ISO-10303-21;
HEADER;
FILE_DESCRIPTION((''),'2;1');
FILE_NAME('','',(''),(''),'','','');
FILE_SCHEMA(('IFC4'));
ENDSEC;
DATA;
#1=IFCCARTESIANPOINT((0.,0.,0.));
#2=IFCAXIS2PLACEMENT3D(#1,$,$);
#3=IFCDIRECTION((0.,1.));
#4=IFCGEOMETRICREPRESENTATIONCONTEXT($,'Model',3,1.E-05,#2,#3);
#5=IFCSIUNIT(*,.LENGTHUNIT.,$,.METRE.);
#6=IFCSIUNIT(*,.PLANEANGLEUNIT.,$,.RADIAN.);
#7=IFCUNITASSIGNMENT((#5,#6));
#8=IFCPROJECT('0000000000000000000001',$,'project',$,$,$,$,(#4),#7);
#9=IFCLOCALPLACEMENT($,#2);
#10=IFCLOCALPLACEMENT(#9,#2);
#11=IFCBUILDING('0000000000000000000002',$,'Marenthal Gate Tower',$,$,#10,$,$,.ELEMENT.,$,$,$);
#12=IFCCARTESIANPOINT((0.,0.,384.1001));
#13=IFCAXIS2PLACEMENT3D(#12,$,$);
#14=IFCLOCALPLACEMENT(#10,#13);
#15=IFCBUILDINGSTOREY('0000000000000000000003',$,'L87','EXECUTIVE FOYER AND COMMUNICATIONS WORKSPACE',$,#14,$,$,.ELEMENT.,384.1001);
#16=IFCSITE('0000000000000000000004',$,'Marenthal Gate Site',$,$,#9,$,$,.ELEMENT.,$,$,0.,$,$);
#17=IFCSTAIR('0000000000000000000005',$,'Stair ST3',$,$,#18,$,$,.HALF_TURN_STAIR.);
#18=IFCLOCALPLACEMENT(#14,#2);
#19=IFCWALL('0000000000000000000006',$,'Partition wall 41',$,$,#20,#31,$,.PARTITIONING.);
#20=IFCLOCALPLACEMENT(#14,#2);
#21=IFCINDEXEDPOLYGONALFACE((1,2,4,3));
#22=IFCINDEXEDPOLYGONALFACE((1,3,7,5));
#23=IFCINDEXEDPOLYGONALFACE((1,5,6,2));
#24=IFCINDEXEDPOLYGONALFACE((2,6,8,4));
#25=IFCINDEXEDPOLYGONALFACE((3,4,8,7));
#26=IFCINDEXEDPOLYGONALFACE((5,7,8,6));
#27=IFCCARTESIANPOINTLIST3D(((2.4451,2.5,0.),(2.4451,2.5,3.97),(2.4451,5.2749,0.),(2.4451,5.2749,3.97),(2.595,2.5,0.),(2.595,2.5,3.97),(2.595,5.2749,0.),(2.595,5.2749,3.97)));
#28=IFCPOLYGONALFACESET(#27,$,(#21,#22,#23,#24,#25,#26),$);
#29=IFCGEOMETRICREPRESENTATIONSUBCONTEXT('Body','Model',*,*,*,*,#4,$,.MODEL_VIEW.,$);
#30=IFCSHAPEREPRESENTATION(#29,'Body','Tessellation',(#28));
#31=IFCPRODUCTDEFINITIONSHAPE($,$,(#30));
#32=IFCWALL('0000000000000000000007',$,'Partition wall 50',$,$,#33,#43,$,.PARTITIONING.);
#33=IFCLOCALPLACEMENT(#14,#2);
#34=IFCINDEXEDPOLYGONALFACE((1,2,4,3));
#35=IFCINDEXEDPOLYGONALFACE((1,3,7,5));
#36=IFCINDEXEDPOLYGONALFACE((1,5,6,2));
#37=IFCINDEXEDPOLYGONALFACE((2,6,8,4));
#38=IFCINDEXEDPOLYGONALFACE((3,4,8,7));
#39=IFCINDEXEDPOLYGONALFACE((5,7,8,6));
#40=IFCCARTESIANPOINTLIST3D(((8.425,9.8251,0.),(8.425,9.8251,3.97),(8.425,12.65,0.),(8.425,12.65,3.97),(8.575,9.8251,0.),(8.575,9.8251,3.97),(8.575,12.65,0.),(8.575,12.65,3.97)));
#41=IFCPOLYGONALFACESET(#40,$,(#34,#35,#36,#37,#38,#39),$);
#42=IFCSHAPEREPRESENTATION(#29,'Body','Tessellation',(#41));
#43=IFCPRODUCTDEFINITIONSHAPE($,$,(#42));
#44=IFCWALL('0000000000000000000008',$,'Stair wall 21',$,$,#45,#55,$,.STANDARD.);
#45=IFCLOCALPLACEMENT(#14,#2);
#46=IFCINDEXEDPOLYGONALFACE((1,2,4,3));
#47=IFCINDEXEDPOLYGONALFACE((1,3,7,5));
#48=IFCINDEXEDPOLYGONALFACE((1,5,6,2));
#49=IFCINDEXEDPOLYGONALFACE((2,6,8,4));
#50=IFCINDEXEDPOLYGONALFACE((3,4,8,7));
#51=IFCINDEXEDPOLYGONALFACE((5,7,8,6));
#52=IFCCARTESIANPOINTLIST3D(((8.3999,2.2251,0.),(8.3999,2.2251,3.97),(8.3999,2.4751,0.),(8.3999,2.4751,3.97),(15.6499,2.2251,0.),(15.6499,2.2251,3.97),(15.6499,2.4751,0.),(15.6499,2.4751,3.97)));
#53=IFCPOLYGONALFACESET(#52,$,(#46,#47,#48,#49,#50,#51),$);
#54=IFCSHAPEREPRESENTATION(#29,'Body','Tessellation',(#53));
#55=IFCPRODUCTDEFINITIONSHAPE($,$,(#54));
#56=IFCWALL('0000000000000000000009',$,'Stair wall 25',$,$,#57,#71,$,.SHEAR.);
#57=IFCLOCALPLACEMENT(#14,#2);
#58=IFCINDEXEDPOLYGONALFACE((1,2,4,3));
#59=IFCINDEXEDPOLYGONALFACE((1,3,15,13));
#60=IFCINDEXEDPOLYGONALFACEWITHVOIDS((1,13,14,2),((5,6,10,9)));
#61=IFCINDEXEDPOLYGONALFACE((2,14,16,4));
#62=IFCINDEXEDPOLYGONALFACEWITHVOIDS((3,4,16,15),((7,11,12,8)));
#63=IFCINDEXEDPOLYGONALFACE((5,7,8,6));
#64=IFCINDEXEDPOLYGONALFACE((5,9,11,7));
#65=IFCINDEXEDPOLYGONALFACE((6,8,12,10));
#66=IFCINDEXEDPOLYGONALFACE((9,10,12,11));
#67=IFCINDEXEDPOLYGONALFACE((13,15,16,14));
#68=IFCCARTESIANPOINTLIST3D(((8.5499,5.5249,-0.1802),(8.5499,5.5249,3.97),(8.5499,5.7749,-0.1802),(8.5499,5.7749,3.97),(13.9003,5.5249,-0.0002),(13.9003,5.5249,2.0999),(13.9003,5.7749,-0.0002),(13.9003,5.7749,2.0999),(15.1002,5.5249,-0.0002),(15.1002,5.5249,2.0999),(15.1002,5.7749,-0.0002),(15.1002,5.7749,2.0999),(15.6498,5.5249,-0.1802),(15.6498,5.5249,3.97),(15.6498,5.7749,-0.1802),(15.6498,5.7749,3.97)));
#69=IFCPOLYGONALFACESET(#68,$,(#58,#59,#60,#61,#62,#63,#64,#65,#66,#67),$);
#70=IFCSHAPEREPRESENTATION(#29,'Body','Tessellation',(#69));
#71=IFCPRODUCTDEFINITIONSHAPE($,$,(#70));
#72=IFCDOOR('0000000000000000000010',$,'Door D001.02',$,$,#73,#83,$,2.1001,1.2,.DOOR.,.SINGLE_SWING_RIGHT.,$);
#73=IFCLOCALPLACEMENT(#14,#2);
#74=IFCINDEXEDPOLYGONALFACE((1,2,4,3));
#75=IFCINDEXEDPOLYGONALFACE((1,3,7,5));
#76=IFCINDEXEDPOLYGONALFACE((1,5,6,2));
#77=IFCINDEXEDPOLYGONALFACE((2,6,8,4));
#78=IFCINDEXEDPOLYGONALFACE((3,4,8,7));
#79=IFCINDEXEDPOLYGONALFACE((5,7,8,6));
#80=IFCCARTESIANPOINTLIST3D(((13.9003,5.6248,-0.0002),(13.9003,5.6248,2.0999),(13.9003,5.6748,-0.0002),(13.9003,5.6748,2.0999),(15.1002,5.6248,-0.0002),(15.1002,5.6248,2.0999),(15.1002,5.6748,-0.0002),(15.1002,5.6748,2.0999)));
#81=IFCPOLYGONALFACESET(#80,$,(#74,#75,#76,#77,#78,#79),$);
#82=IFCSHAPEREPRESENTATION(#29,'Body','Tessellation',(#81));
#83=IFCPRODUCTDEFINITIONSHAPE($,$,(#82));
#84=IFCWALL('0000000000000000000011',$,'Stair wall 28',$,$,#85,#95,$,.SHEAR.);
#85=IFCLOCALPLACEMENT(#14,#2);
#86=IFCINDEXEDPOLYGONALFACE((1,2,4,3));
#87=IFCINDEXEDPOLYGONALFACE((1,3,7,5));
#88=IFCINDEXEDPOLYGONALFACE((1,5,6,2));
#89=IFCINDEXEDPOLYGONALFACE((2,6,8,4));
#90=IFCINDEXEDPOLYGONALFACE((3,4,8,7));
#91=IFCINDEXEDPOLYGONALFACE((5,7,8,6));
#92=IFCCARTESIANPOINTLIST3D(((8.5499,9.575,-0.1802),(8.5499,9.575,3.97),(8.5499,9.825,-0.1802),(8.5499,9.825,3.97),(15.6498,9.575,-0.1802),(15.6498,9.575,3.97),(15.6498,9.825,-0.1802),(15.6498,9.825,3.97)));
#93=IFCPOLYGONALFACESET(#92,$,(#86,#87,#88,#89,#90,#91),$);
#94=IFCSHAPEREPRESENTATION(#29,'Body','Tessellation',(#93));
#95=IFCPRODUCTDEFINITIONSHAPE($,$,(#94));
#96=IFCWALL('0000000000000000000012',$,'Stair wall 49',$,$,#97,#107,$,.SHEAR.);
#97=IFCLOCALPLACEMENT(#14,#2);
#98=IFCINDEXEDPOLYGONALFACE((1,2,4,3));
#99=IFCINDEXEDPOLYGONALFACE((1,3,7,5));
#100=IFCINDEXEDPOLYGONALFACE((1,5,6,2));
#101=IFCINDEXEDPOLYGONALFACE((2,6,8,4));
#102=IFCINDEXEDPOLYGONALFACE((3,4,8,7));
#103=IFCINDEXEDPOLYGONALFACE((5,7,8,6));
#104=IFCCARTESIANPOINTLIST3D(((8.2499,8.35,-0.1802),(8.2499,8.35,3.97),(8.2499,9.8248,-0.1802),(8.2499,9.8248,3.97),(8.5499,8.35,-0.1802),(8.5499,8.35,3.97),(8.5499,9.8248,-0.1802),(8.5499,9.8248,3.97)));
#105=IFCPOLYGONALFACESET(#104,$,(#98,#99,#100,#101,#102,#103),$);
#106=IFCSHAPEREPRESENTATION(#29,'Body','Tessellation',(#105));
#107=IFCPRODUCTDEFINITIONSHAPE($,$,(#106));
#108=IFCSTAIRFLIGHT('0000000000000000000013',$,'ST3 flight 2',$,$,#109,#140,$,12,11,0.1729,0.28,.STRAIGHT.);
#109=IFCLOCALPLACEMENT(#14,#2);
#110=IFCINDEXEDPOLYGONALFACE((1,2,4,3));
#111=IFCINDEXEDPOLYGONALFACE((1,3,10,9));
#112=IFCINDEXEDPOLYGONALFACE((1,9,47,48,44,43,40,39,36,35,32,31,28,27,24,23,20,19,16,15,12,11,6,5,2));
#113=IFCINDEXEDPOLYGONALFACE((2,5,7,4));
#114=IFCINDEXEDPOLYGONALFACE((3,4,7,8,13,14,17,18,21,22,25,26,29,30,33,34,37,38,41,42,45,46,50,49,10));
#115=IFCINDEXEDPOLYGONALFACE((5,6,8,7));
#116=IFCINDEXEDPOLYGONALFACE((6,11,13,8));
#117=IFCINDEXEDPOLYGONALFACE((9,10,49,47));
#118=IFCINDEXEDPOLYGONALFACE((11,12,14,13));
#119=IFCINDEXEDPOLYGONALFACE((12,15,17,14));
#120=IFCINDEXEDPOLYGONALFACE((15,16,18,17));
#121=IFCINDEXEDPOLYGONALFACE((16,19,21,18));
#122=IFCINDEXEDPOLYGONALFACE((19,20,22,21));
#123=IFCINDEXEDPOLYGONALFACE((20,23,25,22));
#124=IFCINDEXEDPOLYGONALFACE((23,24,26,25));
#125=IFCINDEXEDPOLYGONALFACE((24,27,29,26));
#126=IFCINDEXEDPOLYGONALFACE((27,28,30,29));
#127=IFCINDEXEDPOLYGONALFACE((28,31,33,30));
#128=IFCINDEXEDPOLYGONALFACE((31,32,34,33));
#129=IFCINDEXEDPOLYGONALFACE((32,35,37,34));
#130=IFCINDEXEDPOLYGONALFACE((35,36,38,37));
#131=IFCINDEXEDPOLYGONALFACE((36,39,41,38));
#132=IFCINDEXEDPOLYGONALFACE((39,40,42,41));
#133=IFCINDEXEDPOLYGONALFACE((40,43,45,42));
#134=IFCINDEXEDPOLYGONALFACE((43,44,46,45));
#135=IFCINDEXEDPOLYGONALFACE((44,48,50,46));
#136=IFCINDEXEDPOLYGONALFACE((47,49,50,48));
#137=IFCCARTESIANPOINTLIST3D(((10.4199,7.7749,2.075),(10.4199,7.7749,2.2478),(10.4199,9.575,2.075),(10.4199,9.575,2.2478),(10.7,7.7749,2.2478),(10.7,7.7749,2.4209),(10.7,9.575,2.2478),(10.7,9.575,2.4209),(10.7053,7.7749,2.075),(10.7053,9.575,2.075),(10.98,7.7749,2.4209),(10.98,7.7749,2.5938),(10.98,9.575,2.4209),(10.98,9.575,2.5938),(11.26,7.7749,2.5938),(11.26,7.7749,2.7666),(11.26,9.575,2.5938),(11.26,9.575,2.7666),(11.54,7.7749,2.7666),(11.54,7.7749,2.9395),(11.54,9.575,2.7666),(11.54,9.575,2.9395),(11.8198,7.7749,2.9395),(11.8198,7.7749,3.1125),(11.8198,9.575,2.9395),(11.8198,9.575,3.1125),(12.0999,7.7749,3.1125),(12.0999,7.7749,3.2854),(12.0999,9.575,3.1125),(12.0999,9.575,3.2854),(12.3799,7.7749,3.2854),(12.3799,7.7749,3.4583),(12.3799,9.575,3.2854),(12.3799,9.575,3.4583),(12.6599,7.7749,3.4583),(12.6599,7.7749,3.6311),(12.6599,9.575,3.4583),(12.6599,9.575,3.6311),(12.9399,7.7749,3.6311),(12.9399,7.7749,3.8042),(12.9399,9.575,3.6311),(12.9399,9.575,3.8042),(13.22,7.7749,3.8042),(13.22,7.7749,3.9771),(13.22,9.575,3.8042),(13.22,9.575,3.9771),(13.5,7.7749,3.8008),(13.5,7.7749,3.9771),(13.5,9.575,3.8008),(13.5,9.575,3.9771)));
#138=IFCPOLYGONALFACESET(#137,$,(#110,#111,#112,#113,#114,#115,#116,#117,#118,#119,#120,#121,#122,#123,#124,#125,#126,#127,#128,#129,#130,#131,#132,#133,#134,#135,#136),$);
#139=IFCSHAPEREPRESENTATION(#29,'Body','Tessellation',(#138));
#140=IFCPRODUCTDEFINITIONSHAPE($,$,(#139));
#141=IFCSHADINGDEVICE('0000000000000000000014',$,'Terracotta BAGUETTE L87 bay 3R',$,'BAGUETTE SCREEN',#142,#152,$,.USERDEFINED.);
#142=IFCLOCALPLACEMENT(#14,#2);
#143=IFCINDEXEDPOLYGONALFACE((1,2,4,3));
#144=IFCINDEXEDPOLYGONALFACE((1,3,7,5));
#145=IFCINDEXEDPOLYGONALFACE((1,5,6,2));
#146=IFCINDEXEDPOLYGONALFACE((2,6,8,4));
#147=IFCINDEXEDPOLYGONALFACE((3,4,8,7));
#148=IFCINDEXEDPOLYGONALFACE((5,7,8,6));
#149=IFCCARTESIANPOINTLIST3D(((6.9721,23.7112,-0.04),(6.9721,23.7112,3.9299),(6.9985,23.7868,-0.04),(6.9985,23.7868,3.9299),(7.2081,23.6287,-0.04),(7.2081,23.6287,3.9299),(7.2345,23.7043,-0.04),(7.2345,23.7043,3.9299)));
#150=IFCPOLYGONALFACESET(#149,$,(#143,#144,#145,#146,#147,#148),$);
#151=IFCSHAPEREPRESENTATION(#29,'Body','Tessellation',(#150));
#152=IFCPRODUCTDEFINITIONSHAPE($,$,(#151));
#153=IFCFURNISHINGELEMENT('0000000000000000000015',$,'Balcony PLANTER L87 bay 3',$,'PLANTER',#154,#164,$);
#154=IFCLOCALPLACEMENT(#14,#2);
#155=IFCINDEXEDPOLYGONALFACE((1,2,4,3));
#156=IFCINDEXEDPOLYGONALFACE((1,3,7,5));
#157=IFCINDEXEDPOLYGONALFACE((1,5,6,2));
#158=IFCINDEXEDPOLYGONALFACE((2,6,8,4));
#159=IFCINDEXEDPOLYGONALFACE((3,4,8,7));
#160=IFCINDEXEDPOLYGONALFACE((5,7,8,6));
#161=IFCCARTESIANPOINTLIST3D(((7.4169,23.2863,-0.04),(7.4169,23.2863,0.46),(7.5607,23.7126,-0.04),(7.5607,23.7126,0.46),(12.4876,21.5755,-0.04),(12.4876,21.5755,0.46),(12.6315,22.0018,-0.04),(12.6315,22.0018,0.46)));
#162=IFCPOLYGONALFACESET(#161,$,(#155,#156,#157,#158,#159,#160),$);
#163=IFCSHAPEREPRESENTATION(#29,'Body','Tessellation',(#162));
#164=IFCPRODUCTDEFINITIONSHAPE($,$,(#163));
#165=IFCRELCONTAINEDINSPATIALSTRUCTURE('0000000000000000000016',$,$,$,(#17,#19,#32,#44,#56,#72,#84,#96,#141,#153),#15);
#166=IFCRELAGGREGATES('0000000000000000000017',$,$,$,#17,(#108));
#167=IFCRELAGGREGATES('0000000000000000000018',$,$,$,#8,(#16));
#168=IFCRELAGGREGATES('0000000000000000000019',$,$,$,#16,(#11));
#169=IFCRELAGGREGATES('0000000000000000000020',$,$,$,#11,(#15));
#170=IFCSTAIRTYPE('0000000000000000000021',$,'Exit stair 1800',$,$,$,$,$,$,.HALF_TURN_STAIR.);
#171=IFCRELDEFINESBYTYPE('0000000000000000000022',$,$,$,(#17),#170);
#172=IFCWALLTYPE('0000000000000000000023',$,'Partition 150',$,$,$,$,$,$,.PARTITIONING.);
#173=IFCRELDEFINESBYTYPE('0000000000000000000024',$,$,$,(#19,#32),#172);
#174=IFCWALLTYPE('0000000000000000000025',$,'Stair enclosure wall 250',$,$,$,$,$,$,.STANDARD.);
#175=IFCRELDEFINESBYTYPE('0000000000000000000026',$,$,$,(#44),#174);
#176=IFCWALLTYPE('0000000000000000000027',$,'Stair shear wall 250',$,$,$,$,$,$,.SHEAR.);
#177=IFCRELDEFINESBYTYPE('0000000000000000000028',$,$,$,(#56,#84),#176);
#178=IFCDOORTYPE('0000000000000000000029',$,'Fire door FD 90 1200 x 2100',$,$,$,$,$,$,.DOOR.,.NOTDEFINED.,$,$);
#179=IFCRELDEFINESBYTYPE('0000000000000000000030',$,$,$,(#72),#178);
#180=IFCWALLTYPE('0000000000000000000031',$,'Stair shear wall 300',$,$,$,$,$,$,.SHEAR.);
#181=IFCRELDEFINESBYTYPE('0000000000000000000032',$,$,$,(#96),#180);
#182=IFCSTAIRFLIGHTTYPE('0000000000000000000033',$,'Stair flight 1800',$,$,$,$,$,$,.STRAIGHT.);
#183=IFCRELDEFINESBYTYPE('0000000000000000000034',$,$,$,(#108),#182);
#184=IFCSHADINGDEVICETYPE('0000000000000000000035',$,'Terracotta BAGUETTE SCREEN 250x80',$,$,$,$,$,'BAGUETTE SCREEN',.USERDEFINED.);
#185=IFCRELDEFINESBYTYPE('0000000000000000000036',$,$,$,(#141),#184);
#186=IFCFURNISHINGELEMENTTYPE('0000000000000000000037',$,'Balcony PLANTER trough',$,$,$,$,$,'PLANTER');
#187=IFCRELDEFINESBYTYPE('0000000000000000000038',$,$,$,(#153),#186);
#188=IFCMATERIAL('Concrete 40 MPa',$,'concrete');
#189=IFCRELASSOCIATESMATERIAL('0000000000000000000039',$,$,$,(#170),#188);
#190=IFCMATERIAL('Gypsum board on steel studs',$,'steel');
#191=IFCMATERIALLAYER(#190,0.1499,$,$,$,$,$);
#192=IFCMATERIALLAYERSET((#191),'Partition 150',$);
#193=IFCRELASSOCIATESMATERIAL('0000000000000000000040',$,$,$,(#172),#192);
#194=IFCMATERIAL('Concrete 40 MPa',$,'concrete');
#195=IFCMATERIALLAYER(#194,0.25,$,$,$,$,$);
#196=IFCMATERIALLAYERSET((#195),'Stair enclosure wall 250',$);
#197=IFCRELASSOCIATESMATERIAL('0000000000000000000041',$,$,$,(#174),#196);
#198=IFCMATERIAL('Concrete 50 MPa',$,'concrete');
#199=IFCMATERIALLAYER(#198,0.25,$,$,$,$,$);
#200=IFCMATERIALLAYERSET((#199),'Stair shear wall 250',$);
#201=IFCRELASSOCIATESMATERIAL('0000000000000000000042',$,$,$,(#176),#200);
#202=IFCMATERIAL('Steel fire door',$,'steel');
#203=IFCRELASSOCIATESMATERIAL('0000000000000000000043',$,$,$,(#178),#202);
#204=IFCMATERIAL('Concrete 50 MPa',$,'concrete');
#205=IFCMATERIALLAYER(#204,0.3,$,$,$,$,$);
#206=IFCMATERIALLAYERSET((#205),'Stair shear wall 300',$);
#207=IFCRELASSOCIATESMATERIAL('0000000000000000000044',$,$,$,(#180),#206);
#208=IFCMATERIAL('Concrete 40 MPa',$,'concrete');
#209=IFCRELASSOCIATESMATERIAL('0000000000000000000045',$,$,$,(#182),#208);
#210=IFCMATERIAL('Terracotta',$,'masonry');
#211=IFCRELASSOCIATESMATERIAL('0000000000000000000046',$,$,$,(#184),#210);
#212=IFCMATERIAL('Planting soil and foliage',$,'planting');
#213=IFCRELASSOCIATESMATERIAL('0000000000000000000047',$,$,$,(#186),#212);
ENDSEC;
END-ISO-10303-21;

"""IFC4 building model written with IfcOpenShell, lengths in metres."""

from ifc_helpers import new_model, si_unit, direction, frame, frame_2d, origin, origin_2d, place, context, subcontext, project, spatial, polyline, rectangle, outline, extrude, material, layer, layer_set, material_profile, profile_set, type_object, element, fill, aggregate, save


model = new_model("IFC4")

# Units and contexts
model_context = context("Model", 3, precision=1e-05, world=origin(), true_north=direction((0.0, 1.0)))
body_context = subcontext(model_context, "Body", "Model", "MODEL_VIEW")
ifc_project = project(units=[si_unit("LENGTHUNIT", "METRE"), si_unit("PLANEANGLEUNIT", "RADIAN")], contexts=[model_context])

# Site, building, storey
site_placement = place(None, origin())
site = spatial("IfcSite", under=ifc_project, at=site_placement, Name="Marenthal Gate Site", CompositionType="ELEMENT", RefElevation=0.0)
building_placement = place(site_placement, origin())
building = spatial("IfcBuilding", under=site, at=building_placement, Name="Marenthal Gate Tower", CompositionType="ELEMENT")
storey_placement = place(building_placement, frame((0.0, 0.0, 384.1001)))
storey = spatial("IfcBuildingStorey", under=building, at=storey_placement, Name="L87", Description="EXECUTIVE FOYER AND COMMUNICATIONS WORKSPACE", CompositionType="ELEMENT", Elevation=384.1001)

# Stair
ifc_material_1 = material(Name="Concrete 40 MPa", Category="concrete")
stair_type = type_object("IfcStairType", Name="Exit stair 1800", PredefinedType="HALF_TURN_STAIR", material=ifc_material_1)
stair_1_placement = place(storey_placement, origin())
stair_1 = element("IfcStair", 1, at=stair_1_placement, inside=storey, type_object=stair_type, Name="Stair ST3", PredefinedType="HALF_TURN_STAIR")

# Walls
ifc_material_2 = material(Name="Gypsum board on steel studs", Category="steel")
ifc_layer_1 = layer(ifc_material_2, 0.1499)
ifc_layer_set_1 = layer_set([ifc_layer_1], Name="Partition 150")
wall_type_1 = type_object("IfcWallType", Name="Partition 150", PredefinedType="PARTITIONING", material=ifc_layer_set_1)
wall_1_placement = place(storey_placement, frame((2.52, 2.5, 0.0), z_axis=(0.0, 0.0, 1.0), x_axis=(0.0, 1.0, 0.0)))
element("IfcWall", 2, at=wall_1_placement, inside=storey, type_object=wall_type_1, Name="Partition wall 41", PredefinedType="PARTITIONING", context=body_context, shape_type="SweptSolid", body=[
    extrude(rectangle(XDim=2.7749, YDim=0.1499, at=frame_2d((1.3875, 0.0))), origin(), (0.0, 0.0, 1.0), 3.97),
])
wall_2_placement = place(storey_placement, frame((8.5, 9.825, 0.0), z_axis=(0.0, 0.0, 1.0), x_axis=(0.0, 1.0, 0.0)))
element("IfcWall", 3, at=wall_2_placement, inside=storey, type_object=wall_type_1, Name="Partition wall 50", PredefinedType="PARTITIONING", context=body_context, shape_type="SweptSolid", body=[
    extrude(rectangle(XDim=2.825, YDim=0.1499, at=frame_2d((1.4126, 0.0))), origin(), (0.0, 0.0, 1.0), 3.97),
])
ifc_material_3 = material(Name="Concrete 40 MPa", Category="concrete")
ifc_layer_2 = layer(ifc_material_3, 0.25)
ifc_layer_set_2 = layer_set([ifc_layer_2], Name="Stair enclosure wall 250")
wall_type_2 = type_object("IfcWallType", Name="Stair enclosure wall 250", PredefinedType="STANDARD", material=ifc_layer_set_2)
wall_3_placement = place(storey_placement, frame((8.3999, 2.3501, 0.0), z_axis=(0.0, 0.0, 1.0), x_axis=(1.0, 0.0, 0.0)))
element("IfcWall", 4, at=wall_3_placement, inside=storey, type_object=wall_type_2, Name="Stair wall 21", PredefinedType="STANDARD", context=body_context, shape_type="SweptSolid", body=[
    extrude(rectangle(XDim=7.25, YDim=0.25, at=frame_2d((3.625, 0.0))), origin(), (0.0, 0.0, 1.0), 3.97),
])

# Wall, opening, door
ifc_material_4 = material(Name="Concrete 50 MPa", Category="concrete")
ifc_layer_3 = layer(ifc_material_4, 0.25)
ifc_layer_set_3 = layer_set([ifc_layer_3], Name="Stair shear wall 250")
wall_type_3 = type_object("IfcWallType", Name="Stair shear wall 250", PredefinedType="SHEAR", material=ifc_layer_set_3)
wall_4_placement = place(storey_placement, frame((8.55, 5.6499, -0.1802), z_axis=(0.0, 0.0, 1.0), x_axis=(1.0, 0.0, 0.0)))
wall_4 = element("IfcWall", 5, at=wall_4_placement, inside=storey, type_object=wall_type_3, Name="Stair wall 25", PredefinedType="SHEAR", context=body_context, shape_type="SweptSolid", body=[
    extrude(rectangle(XDim=7.0999, YDim=0.25, at=frame_2d((3.5498, 0.0))), origin(), (0.0, 0.0, 1.0), 4.1501),
])
opening_placement = place(wall_4_placement, frame((5.3501, 0.0, 0.1799)))
opening = element("IfcOpeningElement", 6, at=opening_placement, cuts=wall_4, PredefinedType="OPENING", context=body_context, shape_type="SweptSolid", body=[
    extrude(rectangle(XDim=1.2, YDim=2.1001, at=frame_2d((0.6001, 1.05))), frame((0.0, 0.135, 0.0), z_axis=(0.0, -1.0, 0.0), x_axis=(1.0, 0.0, 0.0)), (0.0, 0.0, 1.0), 0.27),
])
ifc_material_5 = material(Name="Steel fire door", Category="steel")
door_type = type_object("IfcDoorType", Name="Fire door FD 90 1200 x 2100", OperationType="NOTDEFINED", PredefinedType="DOOR", material=ifc_material_5)
door_placement = place(opening_placement, origin())
door = element("IfcDoor", 7, at=door_placement, inside=storey, type_object=door_type, Name="Door D001.02", OperationType="SINGLE_SWING_RIGHT", OverallHeight=2.1001, OverallWidth=1.2, PredefinedType="DOOR", context=body_context, shape_type="SweptSolid", body=[
    extrude(rectangle(XDim=1.2, YDim=2.1001, at=frame_2d((0.6001, 1.05))), frame((0.0, 0.0249, 0.0), z_axis=(0.0, -1.0, 0.0), x_axis=(1.0, 0.0, 0.0)), (0.0, 0.0, 1.0), 0.05),
])
fill(opening, door)

# Walls
wall_5_placement = place(storey_placement, frame((8.55, 9.7, -0.1802), z_axis=(0.0, 0.0, 1.0), x_axis=(1.0, 0.0, 0.0)))
element("IfcWall", 8, at=wall_5_placement, inside=storey, type_object=wall_type_3, Name="Stair wall 28", PredefinedType="SHEAR", context=body_context, shape_type="SweptSolid", body=[
    extrude(rectangle(XDim=7.0999, YDim=0.25, at=frame_2d((3.5498, 0.0))), origin(), (0.0, 0.0, 1.0), 4.1501),
])
ifc_material_6 = material(Name="Concrete 50 MPa", Category="concrete")
ifc_layer_4 = layer(ifc_material_6, 0.3)
ifc_layer_set_4 = layer_set([ifc_layer_4], Name="Stair shear wall 300")
wall_type_4 = type_object("IfcWallType", Name="Stair shear wall 300", PredefinedType="SHEAR", material=ifc_layer_set_4)
wall_6_placement = place(storey_placement, frame((8.3999, 8.3501, -0.1802), z_axis=(0.0, 0.0, 1.0), x_axis=(0.0, 1.0, 0.0)))
element("IfcWall", 9, at=wall_6_placement, inside=storey, type_object=wall_type_4, Name="Stair wall 49", PredefinedType="SHEAR", context=body_context, shape_type="SweptSolid", body=[
    extrude(rectangle(XDim=1.4749, YDim=0.3, at=frame_2d((0.7373, 0.0))), origin(), (0.0, 0.0, 1.0), 4.1501),
])

# Stair flight
ifc_material_7 = material(Name="Concrete 40 MPa", Category="concrete")
stair_flight_type = type_object("IfcStairFlightType", Name="Stair flight 1800", PredefinedType="STRAIGHT", material=ifc_material_7)
stair_flight_placement = place(storey_placement, frame((10.4199, 8.675, 2.075), z_axis=(0.0, 0.0, 1.0), x_axis=(1.0, 0.0, 0.0)))
stair_flight = element("IfcStairFlight", 10, at=stair_flight_placement, type_object=stair_flight_type, Name="ST3 flight 2", NumberOfRisers=12, NumberOfTreads=11, PredefinedType="STRAIGHT", RiserHeight=0.1729, TreadLength=0.28, context=body_context, shape_type="SweptSolid", body=[
    extrude(outline(polyline([(0.0, 0.0), (0.0, 0.1729), (0.28, 0.1729), (0.28, 0.3459), (0.5601, 0.3459), (0.5601, 0.5188), (0.8401, 0.5188), (0.8401, 0.6917), (1.1201, 0.6917), (1.1201, 0.8645), (1.3999, 0.8645), (1.3999, 1.0376), (1.6799, 1.0376), (1.6799, 1.2104), (1.96, 1.2104), (1.96, 1.3833), (2.24, 1.3833), (2.24, 1.5562), (2.52, 1.5562), (2.52, 1.7292), (2.8, 1.7292), (2.8, 1.9021), (3.0801, 1.9021), (3.0801, 2.075), (3.0801, 1.7258), (0.2854, 0.0), (0.0, 0.0)])), frame((0.0, 0.8999, 0.0), z_axis=(0.0, -1.0, 0.0), x_axis=(1.0, 0.0, 0.0)), (0.0, 0.0, 1.0), 1.8),
])
aggregate(stair_1, [stair_flight])

# Shading device
ifc_material_8 = material(Name="Terracotta", Category="masonry")
ifc_material_profile_1 = material_profile(ifc_material_8, rectangle(XDim=0.25, YDim=0.0801, at=origin_2d()), Name="Terracotta baguette 250x80")
ifc_profile_set_1 = profile_set([ifc_material_profile_1], Name="Terracotta")
shading_device_type = type_object("IfcShadingDeviceType", Name="Terracotta BAGUETTE SCREEN 250x80", ElementType="BAGUETTE SCREEN", PredefinedType="USERDEFINED", material=ifc_profile_set_1)
shading_device_placement = place(storey_placement, frame((7.1033, 23.7078, -0.04), z_axis=(0.0, 0.0, 1.0), x_axis=(-0.944045, 0.329817, 0.0)))
element("IfcShadingDevice", 11, at=shading_device_placement, inside=storey, type_object=shading_device_type, Name="Terracotta BAGUETTE L87 bay 3R", ObjectType="BAGUETTE SCREEN", PredefinedType="USERDEFINED", context=body_context, shape_type="SweptSolid", body=[
    extrude(rectangle(XDim=0.25, YDim=0.0801, at=origin_2d()), origin(), (0.0, 0.0, 1.0), 3.97),
])

# Furnishing element
ifc_material_9 = material(Name="Planting soil and foliage", Category="planting")
furnishing_element_type = type_object("IfcFurnishingElementType", Name="Balcony PLANTER trough", ElementType="PLANTER", material=ifc_material_9)
furnishing_placement = place(storey_placement, frame((10.0242, 22.644, -0.04), z_axis=(0.0, 0.0, 1.0), x_axis=(-0.947527, 0.319676, 0.0)))
element("IfcFurnishingElement", 12, at=furnishing_placement, inside=storey, type_object=furnishing_element_type, Name="Balcony PLANTER L87 bay 3", ObjectType="PLANTER", context=body_context, shape_type="SweptSolid", body=[
    extrude(rectangle(XDim=5.3516, YDim=0.45, at=origin_2d()), origin(), (0.0, 0.0, 1.0), 0.5),
])

save(model, "model.ifc")
